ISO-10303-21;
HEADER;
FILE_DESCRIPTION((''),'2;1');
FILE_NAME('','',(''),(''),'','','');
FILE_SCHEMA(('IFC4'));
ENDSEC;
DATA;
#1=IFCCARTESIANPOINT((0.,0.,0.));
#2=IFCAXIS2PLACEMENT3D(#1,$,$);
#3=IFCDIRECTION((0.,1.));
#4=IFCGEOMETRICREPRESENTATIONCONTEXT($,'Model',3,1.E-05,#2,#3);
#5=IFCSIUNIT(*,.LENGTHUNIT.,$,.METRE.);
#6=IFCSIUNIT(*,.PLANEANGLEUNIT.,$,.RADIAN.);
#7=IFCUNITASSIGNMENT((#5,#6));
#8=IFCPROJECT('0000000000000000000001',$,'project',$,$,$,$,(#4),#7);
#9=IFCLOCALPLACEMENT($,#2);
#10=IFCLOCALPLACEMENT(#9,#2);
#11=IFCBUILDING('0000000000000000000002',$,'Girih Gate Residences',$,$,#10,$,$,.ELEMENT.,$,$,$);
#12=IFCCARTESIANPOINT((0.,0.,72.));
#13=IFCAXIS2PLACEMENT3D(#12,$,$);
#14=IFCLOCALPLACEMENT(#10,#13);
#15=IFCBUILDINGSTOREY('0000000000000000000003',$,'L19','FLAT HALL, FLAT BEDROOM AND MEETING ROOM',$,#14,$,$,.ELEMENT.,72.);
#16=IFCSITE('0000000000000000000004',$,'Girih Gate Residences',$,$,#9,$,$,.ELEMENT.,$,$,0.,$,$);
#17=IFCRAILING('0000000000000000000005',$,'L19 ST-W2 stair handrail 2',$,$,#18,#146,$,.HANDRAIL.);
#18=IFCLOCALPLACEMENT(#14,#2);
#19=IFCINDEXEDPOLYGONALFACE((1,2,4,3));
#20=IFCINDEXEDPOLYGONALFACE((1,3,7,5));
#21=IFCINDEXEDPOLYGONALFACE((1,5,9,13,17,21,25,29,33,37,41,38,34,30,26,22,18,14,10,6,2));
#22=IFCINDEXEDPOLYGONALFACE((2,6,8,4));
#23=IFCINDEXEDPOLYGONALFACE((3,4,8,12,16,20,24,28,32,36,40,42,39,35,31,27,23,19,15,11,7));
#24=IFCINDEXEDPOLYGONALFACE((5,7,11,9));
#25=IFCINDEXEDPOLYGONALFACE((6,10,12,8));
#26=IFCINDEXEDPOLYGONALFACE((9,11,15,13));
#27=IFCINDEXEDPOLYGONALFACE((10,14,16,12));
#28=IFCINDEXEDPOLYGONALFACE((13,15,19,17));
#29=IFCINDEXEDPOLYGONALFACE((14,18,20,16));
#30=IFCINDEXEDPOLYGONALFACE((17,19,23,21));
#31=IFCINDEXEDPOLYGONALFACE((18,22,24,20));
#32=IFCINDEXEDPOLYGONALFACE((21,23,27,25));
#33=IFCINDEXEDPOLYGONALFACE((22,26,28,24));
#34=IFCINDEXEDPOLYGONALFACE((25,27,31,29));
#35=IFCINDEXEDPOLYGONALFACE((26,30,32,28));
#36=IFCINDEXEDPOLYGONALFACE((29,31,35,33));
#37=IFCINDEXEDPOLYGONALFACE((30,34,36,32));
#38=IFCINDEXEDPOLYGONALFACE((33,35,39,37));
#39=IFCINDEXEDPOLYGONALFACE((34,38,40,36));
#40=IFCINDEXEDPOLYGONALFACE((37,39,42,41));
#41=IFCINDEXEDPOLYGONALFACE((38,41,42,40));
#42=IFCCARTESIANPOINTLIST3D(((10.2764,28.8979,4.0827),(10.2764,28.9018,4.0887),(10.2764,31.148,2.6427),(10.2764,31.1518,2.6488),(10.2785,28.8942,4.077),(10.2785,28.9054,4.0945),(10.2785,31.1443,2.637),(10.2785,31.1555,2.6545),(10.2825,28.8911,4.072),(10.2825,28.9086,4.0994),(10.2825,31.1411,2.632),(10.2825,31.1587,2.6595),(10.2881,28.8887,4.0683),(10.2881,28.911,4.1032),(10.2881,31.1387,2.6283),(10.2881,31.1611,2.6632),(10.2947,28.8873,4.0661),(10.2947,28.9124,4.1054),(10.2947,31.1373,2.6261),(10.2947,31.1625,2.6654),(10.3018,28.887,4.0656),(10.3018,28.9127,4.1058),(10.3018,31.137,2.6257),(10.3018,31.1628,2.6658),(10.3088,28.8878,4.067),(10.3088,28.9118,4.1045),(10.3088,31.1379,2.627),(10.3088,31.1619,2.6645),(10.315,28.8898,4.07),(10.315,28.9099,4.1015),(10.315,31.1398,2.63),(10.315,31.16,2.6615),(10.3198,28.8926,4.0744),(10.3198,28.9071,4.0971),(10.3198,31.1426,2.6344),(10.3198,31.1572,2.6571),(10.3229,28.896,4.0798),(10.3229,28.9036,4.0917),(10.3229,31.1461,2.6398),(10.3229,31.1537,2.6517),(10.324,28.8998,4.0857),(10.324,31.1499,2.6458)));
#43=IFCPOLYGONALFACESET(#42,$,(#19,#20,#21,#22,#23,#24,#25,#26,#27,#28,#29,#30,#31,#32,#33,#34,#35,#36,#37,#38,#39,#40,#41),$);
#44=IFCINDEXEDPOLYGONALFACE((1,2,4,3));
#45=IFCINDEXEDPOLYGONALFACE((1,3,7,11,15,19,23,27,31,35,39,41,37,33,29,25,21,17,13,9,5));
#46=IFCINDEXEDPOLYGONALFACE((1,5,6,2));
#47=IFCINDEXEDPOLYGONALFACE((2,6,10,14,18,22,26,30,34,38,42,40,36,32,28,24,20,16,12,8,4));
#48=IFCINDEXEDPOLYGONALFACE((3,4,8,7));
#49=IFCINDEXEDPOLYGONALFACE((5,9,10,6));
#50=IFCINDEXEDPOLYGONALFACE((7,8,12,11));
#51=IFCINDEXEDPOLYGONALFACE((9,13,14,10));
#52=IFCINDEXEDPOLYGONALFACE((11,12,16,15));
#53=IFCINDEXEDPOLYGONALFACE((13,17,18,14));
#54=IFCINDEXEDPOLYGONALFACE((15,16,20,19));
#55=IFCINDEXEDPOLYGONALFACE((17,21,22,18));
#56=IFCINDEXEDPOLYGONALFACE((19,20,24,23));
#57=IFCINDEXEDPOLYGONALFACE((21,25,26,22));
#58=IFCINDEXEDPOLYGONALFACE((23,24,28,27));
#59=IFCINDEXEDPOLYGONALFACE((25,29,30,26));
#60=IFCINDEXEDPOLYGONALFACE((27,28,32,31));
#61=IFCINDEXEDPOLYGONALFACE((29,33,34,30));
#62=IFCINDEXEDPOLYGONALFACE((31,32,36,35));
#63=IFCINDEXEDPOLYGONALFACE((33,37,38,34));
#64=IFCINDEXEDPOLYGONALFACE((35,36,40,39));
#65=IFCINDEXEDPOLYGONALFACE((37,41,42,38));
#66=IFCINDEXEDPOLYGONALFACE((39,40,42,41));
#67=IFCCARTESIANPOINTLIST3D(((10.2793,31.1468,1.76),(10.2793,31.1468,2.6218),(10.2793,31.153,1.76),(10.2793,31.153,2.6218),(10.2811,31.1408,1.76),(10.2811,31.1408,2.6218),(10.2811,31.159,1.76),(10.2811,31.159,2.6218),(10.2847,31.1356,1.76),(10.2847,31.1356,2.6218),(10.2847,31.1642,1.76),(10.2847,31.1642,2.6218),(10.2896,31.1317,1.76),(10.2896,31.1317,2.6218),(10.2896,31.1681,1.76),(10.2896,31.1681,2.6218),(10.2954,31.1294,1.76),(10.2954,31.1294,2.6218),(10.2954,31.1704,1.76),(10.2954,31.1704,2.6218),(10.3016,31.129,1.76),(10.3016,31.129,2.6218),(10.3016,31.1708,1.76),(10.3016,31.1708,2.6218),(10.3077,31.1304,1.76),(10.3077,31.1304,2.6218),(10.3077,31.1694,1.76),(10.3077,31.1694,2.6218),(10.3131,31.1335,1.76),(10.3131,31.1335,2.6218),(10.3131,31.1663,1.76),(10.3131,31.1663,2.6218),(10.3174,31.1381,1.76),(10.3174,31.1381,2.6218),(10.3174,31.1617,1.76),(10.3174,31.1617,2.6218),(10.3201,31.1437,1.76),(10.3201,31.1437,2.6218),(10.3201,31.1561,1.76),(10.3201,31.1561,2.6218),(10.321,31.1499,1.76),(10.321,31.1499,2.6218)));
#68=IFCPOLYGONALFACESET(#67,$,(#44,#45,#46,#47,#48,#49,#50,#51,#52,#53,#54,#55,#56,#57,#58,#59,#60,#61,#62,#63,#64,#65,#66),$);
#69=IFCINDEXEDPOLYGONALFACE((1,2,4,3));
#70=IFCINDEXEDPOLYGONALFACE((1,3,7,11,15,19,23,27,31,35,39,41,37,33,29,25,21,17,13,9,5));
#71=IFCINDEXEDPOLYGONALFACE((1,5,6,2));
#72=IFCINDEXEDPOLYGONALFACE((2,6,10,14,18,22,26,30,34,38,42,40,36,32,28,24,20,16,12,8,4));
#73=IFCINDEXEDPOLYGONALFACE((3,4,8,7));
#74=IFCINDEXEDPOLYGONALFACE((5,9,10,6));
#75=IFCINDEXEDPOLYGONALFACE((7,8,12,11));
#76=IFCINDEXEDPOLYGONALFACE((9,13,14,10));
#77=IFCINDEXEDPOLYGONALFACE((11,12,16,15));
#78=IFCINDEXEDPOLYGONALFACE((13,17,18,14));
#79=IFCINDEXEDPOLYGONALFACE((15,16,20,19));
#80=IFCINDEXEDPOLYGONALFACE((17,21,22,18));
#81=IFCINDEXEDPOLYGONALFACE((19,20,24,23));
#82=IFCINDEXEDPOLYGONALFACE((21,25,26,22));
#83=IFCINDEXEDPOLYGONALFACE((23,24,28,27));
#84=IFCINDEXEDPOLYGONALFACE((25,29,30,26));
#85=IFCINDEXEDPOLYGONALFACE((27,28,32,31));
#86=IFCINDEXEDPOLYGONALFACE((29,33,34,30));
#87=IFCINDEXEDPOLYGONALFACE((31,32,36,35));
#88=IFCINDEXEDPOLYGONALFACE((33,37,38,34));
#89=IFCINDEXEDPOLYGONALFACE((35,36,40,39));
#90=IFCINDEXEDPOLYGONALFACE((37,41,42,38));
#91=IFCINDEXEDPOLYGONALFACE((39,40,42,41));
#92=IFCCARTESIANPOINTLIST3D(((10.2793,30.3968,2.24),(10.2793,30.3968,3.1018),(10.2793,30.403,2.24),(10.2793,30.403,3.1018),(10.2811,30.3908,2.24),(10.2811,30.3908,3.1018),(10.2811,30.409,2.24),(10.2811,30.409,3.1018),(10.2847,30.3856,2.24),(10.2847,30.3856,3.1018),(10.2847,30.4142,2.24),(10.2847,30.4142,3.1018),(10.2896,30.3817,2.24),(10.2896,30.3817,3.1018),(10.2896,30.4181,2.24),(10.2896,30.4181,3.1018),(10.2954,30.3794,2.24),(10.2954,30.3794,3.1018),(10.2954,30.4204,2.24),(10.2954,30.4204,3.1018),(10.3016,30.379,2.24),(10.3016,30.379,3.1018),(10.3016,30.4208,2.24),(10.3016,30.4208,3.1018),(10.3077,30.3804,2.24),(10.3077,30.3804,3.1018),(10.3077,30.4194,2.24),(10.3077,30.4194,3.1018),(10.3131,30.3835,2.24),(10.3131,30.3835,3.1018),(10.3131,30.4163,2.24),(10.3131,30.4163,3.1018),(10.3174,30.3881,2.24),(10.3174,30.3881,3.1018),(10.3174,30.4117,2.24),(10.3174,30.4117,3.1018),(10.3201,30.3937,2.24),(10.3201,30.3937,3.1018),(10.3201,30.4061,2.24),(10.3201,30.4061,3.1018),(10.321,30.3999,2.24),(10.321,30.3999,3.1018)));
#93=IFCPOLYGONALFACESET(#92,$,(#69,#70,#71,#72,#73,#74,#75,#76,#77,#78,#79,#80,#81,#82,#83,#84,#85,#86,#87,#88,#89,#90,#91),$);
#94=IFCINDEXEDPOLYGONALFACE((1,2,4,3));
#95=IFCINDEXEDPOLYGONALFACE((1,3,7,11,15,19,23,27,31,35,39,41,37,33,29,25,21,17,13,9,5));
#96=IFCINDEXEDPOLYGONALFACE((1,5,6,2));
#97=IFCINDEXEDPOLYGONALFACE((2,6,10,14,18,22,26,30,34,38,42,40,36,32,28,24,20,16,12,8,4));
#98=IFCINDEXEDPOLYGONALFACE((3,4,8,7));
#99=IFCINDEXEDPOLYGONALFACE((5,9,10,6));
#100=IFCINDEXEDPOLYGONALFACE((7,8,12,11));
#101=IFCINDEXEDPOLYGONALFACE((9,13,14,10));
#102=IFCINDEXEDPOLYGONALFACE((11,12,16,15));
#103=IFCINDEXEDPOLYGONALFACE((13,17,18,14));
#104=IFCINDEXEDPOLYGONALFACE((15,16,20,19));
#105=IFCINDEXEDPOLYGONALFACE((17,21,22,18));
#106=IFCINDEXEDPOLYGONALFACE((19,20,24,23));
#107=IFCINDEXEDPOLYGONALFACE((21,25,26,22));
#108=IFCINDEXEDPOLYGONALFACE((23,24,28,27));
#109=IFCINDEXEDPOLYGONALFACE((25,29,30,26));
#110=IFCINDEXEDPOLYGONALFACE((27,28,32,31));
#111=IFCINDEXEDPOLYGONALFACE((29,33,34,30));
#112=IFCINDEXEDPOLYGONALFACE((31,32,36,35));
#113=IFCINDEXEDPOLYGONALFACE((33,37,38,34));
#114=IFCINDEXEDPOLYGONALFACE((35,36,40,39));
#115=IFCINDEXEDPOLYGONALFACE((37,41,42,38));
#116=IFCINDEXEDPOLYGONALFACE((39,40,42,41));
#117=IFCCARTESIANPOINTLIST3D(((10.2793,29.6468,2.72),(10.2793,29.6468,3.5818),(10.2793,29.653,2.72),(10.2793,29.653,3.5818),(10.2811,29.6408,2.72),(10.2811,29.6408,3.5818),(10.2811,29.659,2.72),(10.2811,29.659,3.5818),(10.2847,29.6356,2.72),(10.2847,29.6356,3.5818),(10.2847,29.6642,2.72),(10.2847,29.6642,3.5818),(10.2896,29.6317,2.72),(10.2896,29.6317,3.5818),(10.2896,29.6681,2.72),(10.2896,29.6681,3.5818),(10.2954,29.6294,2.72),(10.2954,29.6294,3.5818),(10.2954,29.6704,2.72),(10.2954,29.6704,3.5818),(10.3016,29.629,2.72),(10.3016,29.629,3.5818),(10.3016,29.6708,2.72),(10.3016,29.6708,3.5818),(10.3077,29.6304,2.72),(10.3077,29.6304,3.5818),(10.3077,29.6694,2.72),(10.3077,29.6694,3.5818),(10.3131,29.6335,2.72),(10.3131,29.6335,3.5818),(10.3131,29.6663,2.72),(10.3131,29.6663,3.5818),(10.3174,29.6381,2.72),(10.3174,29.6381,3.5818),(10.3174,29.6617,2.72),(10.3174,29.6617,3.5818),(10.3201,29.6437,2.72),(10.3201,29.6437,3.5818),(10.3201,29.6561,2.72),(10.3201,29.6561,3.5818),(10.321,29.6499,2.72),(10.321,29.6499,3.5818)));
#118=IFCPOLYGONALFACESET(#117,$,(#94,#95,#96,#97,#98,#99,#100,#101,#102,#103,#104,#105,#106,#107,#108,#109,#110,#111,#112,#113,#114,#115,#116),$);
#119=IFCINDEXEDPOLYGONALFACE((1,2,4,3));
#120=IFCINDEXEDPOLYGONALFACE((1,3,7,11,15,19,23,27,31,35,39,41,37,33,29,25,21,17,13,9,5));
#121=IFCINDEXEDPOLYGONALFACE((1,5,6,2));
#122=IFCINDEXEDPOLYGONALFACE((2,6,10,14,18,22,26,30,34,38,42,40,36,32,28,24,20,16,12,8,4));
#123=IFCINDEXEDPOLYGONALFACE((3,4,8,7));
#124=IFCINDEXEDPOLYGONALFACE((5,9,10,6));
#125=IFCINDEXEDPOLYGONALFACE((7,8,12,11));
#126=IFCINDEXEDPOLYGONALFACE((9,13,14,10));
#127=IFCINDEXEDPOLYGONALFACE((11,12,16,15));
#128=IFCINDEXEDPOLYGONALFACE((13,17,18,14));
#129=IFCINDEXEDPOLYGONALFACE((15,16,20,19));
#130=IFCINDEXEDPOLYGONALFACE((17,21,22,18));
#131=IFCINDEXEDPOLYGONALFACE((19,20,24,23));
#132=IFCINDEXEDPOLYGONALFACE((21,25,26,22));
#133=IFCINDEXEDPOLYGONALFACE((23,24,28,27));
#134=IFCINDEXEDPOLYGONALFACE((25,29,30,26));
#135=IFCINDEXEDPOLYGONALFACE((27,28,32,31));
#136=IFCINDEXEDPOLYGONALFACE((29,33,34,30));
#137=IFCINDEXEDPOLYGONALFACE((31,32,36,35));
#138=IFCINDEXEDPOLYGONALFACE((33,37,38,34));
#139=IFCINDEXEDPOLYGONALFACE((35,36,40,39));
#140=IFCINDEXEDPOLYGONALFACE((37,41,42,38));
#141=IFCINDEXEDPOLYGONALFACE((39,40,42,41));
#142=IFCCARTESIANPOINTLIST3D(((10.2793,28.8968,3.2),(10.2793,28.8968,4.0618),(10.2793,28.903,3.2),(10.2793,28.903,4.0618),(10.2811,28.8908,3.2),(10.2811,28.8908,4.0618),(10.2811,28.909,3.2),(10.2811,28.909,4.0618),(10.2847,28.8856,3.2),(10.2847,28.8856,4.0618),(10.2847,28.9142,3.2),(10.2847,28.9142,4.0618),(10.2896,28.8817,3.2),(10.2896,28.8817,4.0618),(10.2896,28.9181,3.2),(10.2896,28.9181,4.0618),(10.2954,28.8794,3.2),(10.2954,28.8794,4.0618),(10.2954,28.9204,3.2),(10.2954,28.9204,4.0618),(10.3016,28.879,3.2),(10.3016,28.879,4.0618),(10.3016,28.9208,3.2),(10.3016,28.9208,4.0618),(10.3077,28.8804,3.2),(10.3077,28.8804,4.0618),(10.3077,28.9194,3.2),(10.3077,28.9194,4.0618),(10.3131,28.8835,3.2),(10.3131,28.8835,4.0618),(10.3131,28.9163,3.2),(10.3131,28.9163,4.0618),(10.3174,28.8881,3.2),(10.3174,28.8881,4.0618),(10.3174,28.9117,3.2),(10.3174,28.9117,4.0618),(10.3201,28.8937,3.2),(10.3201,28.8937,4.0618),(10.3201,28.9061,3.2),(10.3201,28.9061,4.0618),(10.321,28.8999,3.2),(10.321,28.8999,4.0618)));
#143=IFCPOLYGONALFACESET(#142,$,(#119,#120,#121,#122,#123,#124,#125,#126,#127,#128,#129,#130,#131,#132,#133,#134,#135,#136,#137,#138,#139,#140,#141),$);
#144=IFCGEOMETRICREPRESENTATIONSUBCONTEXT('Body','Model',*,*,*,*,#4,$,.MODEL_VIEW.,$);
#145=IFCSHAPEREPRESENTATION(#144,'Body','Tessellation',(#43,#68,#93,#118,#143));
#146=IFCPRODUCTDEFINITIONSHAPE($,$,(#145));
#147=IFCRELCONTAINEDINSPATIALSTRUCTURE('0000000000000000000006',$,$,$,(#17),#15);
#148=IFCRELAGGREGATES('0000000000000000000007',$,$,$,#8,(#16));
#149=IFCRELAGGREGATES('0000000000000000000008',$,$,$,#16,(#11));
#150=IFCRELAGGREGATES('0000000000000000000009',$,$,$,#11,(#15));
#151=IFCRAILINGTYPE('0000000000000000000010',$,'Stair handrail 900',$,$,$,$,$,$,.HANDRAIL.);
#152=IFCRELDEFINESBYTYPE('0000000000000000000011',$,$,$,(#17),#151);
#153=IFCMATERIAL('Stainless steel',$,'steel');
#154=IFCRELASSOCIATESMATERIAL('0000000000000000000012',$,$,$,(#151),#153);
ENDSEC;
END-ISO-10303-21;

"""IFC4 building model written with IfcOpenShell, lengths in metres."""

from ifc_helpers import new_model, si_unit, direction, frame, origin, origin_2d, place, context, subcontext, project, spatial, circle, extrude, material, type_object, element, save


model = new_model("IFC4")

# Units and contexts
model_context = context("Model", 3, precision=1e-05, world=origin(), true_north=direction((0.0, 1.0)))
body_context = subcontext(model_context, "Body", "Model", "MODEL_VIEW")
ifc_project = project(units=[si_unit("LENGTHUNIT", "METRE"), si_unit("PLANEANGLEUNIT", "RADIAN")], contexts=[model_context])

# Site, building, storey
site_placement = place(None, origin())
site = spatial("IfcSite", under=ifc_project, at=site_placement, Name="Girih Gate Residences", CompositionType="ELEMENT", RefElevation=0.0)
building_placement = place(site_placement, origin())
building = spatial("IfcBuilding", under=site, at=building_placement, Name="Girih Gate Residences", CompositionType="ELEMENT")
storey_placement = place(building_placement, frame((0.0, 0.0, 72.0)))
storey = spatial("IfcBuildingStorey", under=building, at=storey_placement, Name="L19", Description="FLAT HALL, FLAT BEDROOM AND MEETING ROOM", CompositionType="ELEMENT", Elevation=72.0)

# Railing
ifc_material_1 = material(Name="Stainless steel", Category="steel")
railing_type_1 = type_object("IfcRailingType", Name="Stair handrail 900", PredefinedType="HANDRAIL", material=ifc_material_1)
railing_1_placement = place(storey_placement, frame((10.3, 31.1499, 1.76)))
element("IfcRailing", 1, at=railing_1_placement, inside=storey, type_object=railing_type_1, Name="L19 ST-W2 stair handrail 2", PredefinedType="HANDRAIL", context=body_context, shape_type="SweptSolid", body=[
    extrude(circle(Radius=0.0239, at=origin_2d()), frame((0.0, 0.0, 0.8857), z_axis=(0.0, -0.842281, 0.539038), x_axis=(1.0, 0.0, 0.0)), (0.0, 0.0, 1.0), 2.6714),
    extrude(circle(Radius=0.021, at=origin_2d()), origin(), (0.0, 0.0, 1.0), 0.8618),
    extrude(circle(Radius=0.021, at=origin_2d()), frame((0.0, -0.75, 0.48)), (0.0, 0.0, 1.0), 0.8618),
    extrude(circle(Radius=0.021, at=origin_2d()), frame((0.0, -1.5, 0.96)), (0.0, 0.0, 1.0), 0.8618),
    extrude(circle(Radius=0.021, at=origin_2d()), frame((0.0, -2.25, 1.4399)), (0.0, 0.0, 1.0), 0.8618),
])

save(model, "model.ifc")
